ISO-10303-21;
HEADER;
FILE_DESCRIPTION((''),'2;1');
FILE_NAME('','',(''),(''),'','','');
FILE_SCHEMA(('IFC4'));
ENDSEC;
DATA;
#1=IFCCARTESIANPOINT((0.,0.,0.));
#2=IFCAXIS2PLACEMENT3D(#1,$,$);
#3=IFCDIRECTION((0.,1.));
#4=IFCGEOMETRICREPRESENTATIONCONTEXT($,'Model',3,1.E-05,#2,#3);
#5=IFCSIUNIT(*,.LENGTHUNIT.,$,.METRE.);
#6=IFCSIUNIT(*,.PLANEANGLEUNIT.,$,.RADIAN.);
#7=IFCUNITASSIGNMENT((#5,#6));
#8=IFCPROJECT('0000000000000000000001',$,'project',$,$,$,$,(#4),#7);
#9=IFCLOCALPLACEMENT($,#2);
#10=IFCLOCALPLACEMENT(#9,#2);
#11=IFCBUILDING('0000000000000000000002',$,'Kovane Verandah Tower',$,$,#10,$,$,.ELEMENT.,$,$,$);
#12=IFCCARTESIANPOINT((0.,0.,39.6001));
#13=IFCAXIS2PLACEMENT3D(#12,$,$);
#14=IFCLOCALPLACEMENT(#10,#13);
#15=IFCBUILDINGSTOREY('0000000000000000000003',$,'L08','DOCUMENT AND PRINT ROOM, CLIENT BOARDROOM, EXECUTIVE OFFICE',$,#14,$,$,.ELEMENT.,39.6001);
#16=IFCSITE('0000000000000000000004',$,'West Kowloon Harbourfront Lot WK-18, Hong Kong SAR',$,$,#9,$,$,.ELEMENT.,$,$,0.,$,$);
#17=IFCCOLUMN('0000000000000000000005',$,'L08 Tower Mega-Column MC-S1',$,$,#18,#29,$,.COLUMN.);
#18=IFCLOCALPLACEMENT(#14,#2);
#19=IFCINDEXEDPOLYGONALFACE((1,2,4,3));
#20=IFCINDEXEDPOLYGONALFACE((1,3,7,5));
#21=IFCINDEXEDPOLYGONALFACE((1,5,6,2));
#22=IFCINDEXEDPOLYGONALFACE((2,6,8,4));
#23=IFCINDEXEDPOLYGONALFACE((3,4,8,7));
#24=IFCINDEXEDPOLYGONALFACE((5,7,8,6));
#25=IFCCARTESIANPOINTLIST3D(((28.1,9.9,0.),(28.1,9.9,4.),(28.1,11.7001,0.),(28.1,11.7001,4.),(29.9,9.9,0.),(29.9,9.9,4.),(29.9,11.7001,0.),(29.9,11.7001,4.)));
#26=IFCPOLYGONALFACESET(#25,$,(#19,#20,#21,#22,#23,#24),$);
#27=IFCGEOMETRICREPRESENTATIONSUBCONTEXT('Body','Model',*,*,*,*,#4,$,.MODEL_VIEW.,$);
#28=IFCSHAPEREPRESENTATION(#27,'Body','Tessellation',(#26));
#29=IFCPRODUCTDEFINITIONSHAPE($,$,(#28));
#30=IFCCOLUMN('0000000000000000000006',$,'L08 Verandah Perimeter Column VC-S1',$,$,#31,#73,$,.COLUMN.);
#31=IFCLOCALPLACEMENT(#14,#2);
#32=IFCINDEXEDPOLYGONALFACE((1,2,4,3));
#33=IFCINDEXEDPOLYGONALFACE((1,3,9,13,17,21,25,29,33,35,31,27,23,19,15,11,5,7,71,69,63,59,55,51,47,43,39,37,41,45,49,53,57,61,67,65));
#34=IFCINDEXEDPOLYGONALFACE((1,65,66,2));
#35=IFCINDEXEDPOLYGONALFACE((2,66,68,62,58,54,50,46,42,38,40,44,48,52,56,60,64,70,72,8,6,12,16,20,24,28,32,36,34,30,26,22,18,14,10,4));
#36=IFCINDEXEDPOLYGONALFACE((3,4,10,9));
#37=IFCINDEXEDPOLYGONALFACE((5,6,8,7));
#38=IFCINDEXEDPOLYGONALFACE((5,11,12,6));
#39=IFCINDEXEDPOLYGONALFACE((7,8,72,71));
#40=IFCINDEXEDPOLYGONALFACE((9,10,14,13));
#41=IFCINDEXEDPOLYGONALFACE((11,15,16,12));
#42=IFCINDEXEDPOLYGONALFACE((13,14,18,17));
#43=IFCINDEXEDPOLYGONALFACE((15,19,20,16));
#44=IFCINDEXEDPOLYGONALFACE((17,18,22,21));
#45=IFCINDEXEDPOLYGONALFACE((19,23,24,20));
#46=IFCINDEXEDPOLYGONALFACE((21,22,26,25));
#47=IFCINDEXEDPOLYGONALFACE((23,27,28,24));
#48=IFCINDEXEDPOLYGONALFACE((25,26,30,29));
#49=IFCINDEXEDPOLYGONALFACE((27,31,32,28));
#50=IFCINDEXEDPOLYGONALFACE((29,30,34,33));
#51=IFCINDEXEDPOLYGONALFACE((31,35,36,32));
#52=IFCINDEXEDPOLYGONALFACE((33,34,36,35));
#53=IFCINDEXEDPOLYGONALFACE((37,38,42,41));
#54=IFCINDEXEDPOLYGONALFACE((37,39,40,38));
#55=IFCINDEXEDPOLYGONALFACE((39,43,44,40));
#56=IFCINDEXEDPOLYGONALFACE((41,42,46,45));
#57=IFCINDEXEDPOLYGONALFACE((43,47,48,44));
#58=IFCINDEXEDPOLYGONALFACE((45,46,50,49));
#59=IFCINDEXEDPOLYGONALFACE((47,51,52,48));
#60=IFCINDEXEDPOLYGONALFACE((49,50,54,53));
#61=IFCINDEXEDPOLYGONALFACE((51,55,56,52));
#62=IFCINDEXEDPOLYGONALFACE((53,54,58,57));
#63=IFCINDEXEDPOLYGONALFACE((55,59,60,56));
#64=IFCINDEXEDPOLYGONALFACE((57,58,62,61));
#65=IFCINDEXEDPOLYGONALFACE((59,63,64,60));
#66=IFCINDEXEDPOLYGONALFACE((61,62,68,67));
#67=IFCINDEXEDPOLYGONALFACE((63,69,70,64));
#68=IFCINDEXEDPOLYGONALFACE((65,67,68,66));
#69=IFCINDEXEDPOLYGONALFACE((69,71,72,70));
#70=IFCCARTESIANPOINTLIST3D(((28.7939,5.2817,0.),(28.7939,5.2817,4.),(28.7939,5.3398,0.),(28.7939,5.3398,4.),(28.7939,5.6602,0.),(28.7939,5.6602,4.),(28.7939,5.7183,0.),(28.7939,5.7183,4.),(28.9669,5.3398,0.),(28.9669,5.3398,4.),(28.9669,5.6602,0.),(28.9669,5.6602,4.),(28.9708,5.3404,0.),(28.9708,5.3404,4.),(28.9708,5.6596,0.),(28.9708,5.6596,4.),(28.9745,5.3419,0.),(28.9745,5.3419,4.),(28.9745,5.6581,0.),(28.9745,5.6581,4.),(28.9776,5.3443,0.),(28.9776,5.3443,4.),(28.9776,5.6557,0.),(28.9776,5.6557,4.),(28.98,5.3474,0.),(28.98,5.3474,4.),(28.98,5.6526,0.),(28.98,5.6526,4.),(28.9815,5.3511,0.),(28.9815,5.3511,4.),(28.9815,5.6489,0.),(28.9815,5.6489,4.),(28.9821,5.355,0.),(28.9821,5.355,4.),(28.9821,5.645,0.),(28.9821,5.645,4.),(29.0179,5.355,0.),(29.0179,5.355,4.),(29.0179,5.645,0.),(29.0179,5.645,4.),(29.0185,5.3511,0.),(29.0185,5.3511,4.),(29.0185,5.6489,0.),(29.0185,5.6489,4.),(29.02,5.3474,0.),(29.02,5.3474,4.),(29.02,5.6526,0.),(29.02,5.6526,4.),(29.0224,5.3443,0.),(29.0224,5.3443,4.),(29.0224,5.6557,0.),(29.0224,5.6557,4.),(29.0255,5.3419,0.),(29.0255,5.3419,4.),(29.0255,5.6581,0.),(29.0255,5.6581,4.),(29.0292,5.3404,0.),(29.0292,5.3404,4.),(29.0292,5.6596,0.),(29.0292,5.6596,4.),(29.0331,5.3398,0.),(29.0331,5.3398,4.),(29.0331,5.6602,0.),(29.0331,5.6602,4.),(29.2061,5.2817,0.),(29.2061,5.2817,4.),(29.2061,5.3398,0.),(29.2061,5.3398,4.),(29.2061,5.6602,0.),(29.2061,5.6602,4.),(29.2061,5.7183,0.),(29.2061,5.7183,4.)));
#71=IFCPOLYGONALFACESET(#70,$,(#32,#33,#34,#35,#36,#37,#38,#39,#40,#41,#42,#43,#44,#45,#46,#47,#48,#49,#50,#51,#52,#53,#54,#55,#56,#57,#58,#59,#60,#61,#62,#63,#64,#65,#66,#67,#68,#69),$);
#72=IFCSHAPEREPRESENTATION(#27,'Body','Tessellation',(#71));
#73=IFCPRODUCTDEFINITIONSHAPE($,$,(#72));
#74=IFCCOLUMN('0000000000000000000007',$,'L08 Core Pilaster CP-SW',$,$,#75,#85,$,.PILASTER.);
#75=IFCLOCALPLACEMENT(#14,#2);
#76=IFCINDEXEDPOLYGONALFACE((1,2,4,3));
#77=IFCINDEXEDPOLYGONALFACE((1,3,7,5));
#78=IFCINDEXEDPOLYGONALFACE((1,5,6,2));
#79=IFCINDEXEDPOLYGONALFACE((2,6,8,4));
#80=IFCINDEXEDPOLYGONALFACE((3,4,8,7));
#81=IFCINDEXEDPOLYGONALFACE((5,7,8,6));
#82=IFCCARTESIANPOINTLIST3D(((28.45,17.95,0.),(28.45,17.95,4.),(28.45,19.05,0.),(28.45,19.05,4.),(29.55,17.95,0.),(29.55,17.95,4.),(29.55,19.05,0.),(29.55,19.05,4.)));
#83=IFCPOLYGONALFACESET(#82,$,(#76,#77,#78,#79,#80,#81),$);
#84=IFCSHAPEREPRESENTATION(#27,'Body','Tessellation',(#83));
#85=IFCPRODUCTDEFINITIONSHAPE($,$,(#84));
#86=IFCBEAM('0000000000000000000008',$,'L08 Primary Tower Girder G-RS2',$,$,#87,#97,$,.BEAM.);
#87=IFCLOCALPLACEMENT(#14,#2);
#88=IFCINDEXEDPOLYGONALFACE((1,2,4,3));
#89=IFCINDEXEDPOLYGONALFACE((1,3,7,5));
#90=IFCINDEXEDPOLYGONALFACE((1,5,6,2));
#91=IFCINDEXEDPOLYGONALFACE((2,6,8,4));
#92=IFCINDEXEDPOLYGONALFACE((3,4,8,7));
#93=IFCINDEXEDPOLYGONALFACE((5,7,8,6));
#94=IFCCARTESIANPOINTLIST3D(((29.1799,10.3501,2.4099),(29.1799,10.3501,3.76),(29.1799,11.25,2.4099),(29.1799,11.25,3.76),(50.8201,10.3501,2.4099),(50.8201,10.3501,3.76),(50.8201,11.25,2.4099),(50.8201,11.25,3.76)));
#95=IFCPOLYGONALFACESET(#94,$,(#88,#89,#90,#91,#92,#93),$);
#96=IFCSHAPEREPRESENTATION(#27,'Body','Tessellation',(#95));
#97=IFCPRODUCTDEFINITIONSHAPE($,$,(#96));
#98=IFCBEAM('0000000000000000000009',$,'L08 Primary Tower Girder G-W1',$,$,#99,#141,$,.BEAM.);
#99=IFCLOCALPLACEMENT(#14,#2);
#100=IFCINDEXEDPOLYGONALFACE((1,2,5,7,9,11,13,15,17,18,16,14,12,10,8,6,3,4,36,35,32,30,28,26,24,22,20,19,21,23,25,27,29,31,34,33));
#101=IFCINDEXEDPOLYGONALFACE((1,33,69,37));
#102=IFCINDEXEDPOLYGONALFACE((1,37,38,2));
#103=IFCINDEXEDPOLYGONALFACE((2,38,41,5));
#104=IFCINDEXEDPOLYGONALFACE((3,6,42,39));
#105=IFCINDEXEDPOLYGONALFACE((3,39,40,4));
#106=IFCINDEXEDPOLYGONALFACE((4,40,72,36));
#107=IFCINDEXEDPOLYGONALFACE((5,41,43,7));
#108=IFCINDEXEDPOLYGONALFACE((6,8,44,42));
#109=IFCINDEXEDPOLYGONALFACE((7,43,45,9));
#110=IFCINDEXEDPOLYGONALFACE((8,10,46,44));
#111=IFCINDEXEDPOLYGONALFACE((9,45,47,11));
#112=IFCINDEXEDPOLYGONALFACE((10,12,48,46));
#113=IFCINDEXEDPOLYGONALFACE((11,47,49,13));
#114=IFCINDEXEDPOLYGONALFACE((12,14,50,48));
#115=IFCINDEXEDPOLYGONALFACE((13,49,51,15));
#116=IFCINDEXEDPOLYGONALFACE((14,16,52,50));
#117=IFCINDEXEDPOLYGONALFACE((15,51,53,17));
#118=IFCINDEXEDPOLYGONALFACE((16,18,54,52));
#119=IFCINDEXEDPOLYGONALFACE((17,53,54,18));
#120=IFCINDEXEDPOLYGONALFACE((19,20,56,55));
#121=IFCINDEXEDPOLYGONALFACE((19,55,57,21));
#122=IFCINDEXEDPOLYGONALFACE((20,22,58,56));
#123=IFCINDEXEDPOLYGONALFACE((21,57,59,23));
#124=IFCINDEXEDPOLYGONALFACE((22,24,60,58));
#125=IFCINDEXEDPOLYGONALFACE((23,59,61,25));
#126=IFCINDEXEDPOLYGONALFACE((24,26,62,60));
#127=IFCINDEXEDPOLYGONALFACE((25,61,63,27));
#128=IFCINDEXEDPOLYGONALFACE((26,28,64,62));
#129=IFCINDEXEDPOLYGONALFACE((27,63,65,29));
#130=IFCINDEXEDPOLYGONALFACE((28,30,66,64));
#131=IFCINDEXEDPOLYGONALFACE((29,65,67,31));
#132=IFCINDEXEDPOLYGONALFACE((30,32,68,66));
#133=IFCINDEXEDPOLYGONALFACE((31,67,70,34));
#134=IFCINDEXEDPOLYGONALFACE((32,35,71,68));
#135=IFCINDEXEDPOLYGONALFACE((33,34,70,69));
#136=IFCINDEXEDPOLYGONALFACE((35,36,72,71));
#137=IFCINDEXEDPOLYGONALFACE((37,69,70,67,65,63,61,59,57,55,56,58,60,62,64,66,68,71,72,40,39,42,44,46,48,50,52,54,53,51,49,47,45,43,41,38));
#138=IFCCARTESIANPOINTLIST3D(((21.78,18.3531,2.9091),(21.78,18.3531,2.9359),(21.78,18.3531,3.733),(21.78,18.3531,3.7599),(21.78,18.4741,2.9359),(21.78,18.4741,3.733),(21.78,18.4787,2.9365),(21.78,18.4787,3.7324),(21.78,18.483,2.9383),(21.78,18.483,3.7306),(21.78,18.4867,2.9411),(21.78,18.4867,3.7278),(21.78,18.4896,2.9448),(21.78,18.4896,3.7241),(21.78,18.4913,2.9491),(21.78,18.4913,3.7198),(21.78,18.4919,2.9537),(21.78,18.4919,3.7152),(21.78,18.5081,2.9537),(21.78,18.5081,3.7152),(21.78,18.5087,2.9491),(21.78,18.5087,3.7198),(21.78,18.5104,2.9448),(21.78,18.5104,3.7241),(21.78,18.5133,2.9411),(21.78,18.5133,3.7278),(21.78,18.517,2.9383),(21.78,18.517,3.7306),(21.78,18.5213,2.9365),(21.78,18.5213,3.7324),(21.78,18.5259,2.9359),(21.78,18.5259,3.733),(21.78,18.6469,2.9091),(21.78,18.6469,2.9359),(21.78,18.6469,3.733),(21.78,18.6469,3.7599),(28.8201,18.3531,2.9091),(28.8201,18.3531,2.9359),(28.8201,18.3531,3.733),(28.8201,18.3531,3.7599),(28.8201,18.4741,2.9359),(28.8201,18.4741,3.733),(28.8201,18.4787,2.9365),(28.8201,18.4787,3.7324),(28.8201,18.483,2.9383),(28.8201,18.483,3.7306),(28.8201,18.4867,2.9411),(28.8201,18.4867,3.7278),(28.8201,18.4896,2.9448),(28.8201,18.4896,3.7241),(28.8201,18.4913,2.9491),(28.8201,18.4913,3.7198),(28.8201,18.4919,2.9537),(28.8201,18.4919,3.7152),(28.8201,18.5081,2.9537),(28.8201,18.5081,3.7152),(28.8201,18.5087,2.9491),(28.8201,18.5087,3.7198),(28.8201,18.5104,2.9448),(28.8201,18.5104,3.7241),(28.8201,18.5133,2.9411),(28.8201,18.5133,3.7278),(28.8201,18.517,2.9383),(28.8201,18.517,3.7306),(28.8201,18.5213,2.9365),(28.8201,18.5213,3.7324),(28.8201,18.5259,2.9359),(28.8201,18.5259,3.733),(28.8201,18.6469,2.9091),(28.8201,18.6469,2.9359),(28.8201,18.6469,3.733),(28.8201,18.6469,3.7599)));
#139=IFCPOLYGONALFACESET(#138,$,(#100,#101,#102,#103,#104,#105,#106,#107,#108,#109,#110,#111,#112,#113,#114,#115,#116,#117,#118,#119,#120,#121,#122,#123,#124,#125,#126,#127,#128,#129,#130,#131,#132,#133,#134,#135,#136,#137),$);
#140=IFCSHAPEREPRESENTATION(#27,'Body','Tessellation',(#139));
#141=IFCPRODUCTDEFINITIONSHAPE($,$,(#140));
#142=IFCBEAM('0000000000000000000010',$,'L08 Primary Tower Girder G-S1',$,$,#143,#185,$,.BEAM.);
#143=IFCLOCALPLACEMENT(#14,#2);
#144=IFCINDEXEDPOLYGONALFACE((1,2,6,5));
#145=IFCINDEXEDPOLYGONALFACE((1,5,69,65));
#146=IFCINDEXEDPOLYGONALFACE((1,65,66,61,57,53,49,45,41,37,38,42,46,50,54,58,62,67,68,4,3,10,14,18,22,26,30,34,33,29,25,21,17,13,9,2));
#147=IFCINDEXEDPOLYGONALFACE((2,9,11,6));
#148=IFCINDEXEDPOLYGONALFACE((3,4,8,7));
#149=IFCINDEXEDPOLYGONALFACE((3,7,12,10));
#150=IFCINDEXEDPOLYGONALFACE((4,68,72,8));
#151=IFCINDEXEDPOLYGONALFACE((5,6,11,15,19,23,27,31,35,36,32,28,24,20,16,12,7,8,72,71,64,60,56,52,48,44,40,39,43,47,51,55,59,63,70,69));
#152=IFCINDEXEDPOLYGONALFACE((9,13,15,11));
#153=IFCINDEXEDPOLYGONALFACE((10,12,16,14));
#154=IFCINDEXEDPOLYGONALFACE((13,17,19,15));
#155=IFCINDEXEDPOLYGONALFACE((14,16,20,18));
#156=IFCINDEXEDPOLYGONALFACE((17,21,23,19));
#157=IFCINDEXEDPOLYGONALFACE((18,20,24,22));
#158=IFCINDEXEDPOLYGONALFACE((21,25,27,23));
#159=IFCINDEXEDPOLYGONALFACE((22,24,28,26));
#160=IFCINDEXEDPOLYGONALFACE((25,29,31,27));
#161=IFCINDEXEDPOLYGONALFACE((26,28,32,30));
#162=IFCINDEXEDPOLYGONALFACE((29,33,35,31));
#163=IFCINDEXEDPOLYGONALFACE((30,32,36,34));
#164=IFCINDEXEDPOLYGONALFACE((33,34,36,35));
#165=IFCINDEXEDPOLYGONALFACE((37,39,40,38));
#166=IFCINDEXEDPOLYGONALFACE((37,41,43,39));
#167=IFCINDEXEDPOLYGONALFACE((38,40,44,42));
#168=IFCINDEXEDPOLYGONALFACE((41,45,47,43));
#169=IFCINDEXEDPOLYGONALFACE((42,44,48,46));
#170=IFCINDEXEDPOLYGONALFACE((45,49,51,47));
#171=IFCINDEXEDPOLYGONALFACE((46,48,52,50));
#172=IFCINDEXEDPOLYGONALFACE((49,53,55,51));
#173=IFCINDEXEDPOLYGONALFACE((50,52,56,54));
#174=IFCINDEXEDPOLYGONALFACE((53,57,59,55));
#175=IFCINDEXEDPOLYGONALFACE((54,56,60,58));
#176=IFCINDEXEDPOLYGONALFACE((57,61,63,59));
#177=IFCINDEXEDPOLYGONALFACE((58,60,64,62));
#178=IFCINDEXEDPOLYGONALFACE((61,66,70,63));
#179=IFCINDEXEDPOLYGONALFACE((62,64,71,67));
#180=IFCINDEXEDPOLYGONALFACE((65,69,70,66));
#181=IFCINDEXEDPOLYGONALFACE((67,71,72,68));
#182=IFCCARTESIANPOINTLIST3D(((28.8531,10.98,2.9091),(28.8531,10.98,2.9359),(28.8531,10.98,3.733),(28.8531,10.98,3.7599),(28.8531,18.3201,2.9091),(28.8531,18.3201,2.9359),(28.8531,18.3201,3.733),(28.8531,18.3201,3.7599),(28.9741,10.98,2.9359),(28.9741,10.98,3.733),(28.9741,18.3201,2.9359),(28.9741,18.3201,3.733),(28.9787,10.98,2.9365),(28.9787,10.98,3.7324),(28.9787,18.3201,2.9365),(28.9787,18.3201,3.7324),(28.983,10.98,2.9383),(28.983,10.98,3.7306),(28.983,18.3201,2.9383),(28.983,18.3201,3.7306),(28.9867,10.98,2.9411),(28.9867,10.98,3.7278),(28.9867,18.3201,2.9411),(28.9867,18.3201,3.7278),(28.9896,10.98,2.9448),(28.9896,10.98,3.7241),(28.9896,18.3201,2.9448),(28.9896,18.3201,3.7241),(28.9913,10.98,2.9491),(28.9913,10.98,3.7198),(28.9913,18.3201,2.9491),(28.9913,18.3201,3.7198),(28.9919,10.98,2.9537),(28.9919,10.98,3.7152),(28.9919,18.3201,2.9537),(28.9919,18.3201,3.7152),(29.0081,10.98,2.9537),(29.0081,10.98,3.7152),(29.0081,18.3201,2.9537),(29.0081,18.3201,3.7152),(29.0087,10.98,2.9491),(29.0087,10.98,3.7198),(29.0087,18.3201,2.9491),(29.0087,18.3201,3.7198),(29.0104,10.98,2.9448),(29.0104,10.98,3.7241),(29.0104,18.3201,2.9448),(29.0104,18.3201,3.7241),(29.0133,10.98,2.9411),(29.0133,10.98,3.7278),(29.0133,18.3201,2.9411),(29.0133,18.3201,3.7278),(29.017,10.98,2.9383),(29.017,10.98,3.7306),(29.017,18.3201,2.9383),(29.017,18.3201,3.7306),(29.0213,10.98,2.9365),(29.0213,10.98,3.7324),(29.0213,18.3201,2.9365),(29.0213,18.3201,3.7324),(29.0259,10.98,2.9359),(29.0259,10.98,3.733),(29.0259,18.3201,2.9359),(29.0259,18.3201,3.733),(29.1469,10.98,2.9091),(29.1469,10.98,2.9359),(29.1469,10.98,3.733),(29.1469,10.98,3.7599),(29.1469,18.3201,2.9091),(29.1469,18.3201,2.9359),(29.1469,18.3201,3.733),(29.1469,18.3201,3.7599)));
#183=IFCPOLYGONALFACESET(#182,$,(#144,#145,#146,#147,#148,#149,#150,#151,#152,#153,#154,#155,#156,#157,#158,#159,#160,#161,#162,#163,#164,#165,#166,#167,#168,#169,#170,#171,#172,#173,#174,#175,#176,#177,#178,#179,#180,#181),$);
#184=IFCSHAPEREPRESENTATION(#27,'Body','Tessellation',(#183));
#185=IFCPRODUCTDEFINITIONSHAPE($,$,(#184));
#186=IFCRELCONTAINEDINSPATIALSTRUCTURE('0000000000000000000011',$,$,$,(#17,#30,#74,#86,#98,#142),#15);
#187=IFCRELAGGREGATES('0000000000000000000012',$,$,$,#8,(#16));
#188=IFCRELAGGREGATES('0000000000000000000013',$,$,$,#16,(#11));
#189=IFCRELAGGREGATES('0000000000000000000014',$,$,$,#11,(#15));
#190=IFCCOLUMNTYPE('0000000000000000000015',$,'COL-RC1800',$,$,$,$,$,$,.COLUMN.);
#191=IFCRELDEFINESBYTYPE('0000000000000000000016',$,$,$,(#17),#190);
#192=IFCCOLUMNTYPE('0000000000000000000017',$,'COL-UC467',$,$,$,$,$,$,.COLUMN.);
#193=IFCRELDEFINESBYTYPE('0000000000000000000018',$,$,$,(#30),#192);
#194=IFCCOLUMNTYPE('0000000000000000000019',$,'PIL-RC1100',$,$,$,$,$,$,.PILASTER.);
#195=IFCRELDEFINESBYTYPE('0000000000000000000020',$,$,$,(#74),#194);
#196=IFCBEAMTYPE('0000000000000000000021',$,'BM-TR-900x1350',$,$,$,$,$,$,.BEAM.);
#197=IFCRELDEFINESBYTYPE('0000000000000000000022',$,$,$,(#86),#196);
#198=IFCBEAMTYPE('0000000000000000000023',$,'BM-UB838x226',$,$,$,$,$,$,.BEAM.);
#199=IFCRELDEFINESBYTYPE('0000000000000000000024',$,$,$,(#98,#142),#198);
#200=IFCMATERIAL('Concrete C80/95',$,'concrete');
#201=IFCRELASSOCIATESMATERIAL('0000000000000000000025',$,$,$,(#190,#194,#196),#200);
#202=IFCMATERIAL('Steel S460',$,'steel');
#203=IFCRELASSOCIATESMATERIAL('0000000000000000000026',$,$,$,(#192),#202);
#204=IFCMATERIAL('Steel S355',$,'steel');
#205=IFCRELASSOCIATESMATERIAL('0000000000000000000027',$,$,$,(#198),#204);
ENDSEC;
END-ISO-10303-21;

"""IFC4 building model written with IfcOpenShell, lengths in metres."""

from ifc_helpers import new_model, si_unit, direction, frame, origin, origin_2d, place, context, subcontext, project, spatial, rectangle, i_section, extrude, material, material_profile, profile_set, type_object, element, save


model = new_model("IFC4")

# Units and contexts
model_context = context("Model", 3, precision=1e-05, world=origin(), true_north=direction((0.0, 1.0)))
body_context = subcontext(model_context, "Body", "Model", "MODEL_VIEW")
ifc_project = project(units=[si_unit("LENGTHUNIT", "METRE"), si_unit("PLANEANGLEUNIT", "RADIAN")], contexts=[model_context])

# Site, building, storey
site_placement = place(None, origin())
site = spatial("IfcSite", under=ifc_project, at=site_placement, Name="West Kowloon Harbourfront Lot WK-18, Hong Kong SAR", CompositionType="ELEMENT", RefElevation=0.0)
building_placement = place(site_placement, origin())
building = spatial("IfcBuilding", under=site, at=building_placement, Name="Kovane Verandah Tower", CompositionType="ELEMENT")
storey_placement = place(building_placement, frame((0.0, 0.0, 39.6001)))
storey = spatial("IfcBuildingStorey", under=building, at=storey_placement, Name="L08", Description="DOCUMENT AND PRINT ROOM, CLIENT BOARDROOM, EXECUTIVE OFFICE", CompositionType="ELEMENT", Elevation=39.6001)

# Columns
ifc_material_1 = material(Name="Concrete C80/95", Category="concrete")
ifc_material_profile_1 = material_profile(ifc_material_1, rectangle(XDim=1.8, YDim=1.8, at=origin_2d()), Name="RC1800x1800")
ifc_profile_set_1 = profile_set([ifc_material_profile_1], Name="Concrete C80/95")
column_type_1 = type_object("IfcColumnType", Name="COL-RC1800", PredefinedType="COLUMN", material=ifc_profile_set_1)
column_1_placement = place(storey_placement, frame((29.0, 10.8, 0.0), z_axis=(0.0, 0.0, 1.0), x_axis=(1.0, 0.0, 0.0)))
element("IfcColumn", 1, at=column_1_placement, inside=storey, type_object=column_type_1, Name="L08 Tower Mega-Column MC-S1", PredefinedType="COLUMN", context=body_context, shape_type="SweptSolid", body=[
    extrude(rectangle(XDim=1.8, YDim=1.8, at=origin_2d()), origin(), (0.0, 0.0, 1.0), 4.0),
])
ifc_material_2 = material(Name="Steel S460", Category="steel")
ifc_material_profile_2 = material_profile(ifc_material_2, i_section(OverallWidth=0.4121, OverallDepth=0.4365, WebThickness=0.0359, FlangeThickness=0.0581, FilletRadius=0.0151, at=origin_2d()), Name="UC356x406x467")
ifc_profile_set_2 = profile_set([ifc_material_profile_2], Name="Steel S460")
column_type_2 = type_object("IfcColumnType", Name="COL-UC467", PredefinedType="COLUMN", material=ifc_profile_set_2)
column_2_placement = place(storey_placement, frame((29.0, 5.5, 0.0), z_axis=(0.0, 0.0, 1.0), x_axis=(1.0, 0.0, 0.0)))
element("IfcColumn", 2, at=column_2_placement, inside=storey, type_object=column_type_2, Name="L08 Verandah Perimeter Column VC-S1", PredefinedType="COLUMN", context=body_context, shape_type="SweptSolid", body=[
    extrude(i_section(OverallWidth=0.4121, OverallDepth=0.4365, WebThickness=0.0359, FlangeThickness=0.0581, FilletRadius=0.0151, at=origin_2d()), origin(), (0.0, 0.0, 1.0), 4.0),
])
ifc_material_profile_3 = material_profile(ifc_material_1, rectangle(XDim=1.1001, YDim=1.1001, at=origin_2d()), Name="RC1100x1100")
ifc_profile_set_3 = profile_set([ifc_material_profile_3], Name="Concrete C80/95")
column_type_3 = type_object("IfcColumnType", Name="PIL-RC1100", PredefinedType="PILASTER", material=ifc_profile_set_3)
column_3_placement = place(storey_placement, frame((29.0, 18.5, 0.0), z_axis=(0.0, 0.0, 1.0), x_axis=(1.0, 0.0, 0.0)))
element("IfcColumn", 3, at=column_3_placement, inside=storey, type_object=column_type_3, Name="L08 Core Pilaster CP-SW", PredefinedType="PILASTER", context=body_context, shape_type="SweptSolid", body=[
    extrude(rectangle(XDim=1.1001, YDim=1.1001, at=origin_2d()), origin(), (0.0, 0.0, 1.0), 4.0),
])

# Beams
ifc_material_profile_4 = material_profile(ifc_material_1, rectangle(XDim=0.8999, YDim=1.3501, at=origin_2d()), Name="RCB900x1350")
ifc_profile_set_4 = profile_set([ifc_material_profile_4], Name="Concrete C80/95")
beam_type_1 = type_object("IfcBeamType", Name="BM-TR-900x1350", PredefinedType="BEAM", material=ifc_profile_set_4)
beam_1_placement = place(storey_placement, frame((29.1799, 10.8, 3.085), z_axis=(1.0, 0.0, 0.0), x_axis=(0.0, 1.0, 0.0)))
element("IfcBeam", 4, at=beam_1_placement, inside=storey, type_object=beam_type_1, Name="L08 Primary Tower Girder G-RS2", PredefinedType="BEAM", context=body_context, shape_type="SweptSolid", body=[
    extrude(rectangle(XDim=0.8999, YDim=1.3501, at=origin_2d()), origin(), (0.0, 0.0, 1.0), 21.6401),
])
ifc_material_3 = material(Name="Steel S355", Category="steel")
ifc_material_profile_5 = material_profile(ifc_material_3, i_section(OverallWidth=0.2937, OverallDepth=0.8508, WebThickness=0.0161, FlangeThickness=0.0269, FilletRadius=0.0178, at=origin_2d()), Name="UB838x292x226")
ifc_profile_set_5 = profile_set([ifc_material_profile_5], Name="Steel S355")
beam_type_2 = type_object("IfcBeamType", Name="BM-UB838x226", PredefinedType="BEAM", material=ifc_profile_set_5)
beam_2_placement = place(storey_placement, frame((28.8201, 18.5, 3.3345), z_axis=(-1.0, 0.0, 0.0), x_axis=(0.0, -1.0, 0.0)))
element("IfcBeam", 5, at=beam_2_placement, inside=storey, type_object=beam_type_2, Name="L08 Primary Tower Girder G-W1", PredefinedType="BEAM", context=body_context, shape_type="SweptSolid", body=[
    extrude(i_section(OverallWidth=0.2937, OverallDepth=0.8508, WebThickness=0.0161, FlangeThickness=0.0269, FilletRadius=0.0178, at=origin_2d()), origin(), (0.0, 0.0, 1.0), 7.04),
])
beam_3_placement = place(storey_placement, frame((29.0, 18.3201, 3.3345), z_axis=(0.0, -1.0, 0.0), x_axis=(1.0, 0.0, 0.0)))
element("IfcBeam", 6, at=beam_3_placement, inside=storey, type_object=beam_type_2, Name="L08 Primary Tower Girder G-S1", PredefinedType="BEAM", context=body_context, shape_type="SweptSolid", body=[
    extrude(i_section(OverallWidth=0.2937, OverallDepth=0.8508, WebThickness=0.0161, FlangeThickness=0.0269, FilletRadius=0.0178, at=origin_2d()), origin(), (0.0, 0.0, 1.0), 7.3401),
])

save(model, "model.ifc")
